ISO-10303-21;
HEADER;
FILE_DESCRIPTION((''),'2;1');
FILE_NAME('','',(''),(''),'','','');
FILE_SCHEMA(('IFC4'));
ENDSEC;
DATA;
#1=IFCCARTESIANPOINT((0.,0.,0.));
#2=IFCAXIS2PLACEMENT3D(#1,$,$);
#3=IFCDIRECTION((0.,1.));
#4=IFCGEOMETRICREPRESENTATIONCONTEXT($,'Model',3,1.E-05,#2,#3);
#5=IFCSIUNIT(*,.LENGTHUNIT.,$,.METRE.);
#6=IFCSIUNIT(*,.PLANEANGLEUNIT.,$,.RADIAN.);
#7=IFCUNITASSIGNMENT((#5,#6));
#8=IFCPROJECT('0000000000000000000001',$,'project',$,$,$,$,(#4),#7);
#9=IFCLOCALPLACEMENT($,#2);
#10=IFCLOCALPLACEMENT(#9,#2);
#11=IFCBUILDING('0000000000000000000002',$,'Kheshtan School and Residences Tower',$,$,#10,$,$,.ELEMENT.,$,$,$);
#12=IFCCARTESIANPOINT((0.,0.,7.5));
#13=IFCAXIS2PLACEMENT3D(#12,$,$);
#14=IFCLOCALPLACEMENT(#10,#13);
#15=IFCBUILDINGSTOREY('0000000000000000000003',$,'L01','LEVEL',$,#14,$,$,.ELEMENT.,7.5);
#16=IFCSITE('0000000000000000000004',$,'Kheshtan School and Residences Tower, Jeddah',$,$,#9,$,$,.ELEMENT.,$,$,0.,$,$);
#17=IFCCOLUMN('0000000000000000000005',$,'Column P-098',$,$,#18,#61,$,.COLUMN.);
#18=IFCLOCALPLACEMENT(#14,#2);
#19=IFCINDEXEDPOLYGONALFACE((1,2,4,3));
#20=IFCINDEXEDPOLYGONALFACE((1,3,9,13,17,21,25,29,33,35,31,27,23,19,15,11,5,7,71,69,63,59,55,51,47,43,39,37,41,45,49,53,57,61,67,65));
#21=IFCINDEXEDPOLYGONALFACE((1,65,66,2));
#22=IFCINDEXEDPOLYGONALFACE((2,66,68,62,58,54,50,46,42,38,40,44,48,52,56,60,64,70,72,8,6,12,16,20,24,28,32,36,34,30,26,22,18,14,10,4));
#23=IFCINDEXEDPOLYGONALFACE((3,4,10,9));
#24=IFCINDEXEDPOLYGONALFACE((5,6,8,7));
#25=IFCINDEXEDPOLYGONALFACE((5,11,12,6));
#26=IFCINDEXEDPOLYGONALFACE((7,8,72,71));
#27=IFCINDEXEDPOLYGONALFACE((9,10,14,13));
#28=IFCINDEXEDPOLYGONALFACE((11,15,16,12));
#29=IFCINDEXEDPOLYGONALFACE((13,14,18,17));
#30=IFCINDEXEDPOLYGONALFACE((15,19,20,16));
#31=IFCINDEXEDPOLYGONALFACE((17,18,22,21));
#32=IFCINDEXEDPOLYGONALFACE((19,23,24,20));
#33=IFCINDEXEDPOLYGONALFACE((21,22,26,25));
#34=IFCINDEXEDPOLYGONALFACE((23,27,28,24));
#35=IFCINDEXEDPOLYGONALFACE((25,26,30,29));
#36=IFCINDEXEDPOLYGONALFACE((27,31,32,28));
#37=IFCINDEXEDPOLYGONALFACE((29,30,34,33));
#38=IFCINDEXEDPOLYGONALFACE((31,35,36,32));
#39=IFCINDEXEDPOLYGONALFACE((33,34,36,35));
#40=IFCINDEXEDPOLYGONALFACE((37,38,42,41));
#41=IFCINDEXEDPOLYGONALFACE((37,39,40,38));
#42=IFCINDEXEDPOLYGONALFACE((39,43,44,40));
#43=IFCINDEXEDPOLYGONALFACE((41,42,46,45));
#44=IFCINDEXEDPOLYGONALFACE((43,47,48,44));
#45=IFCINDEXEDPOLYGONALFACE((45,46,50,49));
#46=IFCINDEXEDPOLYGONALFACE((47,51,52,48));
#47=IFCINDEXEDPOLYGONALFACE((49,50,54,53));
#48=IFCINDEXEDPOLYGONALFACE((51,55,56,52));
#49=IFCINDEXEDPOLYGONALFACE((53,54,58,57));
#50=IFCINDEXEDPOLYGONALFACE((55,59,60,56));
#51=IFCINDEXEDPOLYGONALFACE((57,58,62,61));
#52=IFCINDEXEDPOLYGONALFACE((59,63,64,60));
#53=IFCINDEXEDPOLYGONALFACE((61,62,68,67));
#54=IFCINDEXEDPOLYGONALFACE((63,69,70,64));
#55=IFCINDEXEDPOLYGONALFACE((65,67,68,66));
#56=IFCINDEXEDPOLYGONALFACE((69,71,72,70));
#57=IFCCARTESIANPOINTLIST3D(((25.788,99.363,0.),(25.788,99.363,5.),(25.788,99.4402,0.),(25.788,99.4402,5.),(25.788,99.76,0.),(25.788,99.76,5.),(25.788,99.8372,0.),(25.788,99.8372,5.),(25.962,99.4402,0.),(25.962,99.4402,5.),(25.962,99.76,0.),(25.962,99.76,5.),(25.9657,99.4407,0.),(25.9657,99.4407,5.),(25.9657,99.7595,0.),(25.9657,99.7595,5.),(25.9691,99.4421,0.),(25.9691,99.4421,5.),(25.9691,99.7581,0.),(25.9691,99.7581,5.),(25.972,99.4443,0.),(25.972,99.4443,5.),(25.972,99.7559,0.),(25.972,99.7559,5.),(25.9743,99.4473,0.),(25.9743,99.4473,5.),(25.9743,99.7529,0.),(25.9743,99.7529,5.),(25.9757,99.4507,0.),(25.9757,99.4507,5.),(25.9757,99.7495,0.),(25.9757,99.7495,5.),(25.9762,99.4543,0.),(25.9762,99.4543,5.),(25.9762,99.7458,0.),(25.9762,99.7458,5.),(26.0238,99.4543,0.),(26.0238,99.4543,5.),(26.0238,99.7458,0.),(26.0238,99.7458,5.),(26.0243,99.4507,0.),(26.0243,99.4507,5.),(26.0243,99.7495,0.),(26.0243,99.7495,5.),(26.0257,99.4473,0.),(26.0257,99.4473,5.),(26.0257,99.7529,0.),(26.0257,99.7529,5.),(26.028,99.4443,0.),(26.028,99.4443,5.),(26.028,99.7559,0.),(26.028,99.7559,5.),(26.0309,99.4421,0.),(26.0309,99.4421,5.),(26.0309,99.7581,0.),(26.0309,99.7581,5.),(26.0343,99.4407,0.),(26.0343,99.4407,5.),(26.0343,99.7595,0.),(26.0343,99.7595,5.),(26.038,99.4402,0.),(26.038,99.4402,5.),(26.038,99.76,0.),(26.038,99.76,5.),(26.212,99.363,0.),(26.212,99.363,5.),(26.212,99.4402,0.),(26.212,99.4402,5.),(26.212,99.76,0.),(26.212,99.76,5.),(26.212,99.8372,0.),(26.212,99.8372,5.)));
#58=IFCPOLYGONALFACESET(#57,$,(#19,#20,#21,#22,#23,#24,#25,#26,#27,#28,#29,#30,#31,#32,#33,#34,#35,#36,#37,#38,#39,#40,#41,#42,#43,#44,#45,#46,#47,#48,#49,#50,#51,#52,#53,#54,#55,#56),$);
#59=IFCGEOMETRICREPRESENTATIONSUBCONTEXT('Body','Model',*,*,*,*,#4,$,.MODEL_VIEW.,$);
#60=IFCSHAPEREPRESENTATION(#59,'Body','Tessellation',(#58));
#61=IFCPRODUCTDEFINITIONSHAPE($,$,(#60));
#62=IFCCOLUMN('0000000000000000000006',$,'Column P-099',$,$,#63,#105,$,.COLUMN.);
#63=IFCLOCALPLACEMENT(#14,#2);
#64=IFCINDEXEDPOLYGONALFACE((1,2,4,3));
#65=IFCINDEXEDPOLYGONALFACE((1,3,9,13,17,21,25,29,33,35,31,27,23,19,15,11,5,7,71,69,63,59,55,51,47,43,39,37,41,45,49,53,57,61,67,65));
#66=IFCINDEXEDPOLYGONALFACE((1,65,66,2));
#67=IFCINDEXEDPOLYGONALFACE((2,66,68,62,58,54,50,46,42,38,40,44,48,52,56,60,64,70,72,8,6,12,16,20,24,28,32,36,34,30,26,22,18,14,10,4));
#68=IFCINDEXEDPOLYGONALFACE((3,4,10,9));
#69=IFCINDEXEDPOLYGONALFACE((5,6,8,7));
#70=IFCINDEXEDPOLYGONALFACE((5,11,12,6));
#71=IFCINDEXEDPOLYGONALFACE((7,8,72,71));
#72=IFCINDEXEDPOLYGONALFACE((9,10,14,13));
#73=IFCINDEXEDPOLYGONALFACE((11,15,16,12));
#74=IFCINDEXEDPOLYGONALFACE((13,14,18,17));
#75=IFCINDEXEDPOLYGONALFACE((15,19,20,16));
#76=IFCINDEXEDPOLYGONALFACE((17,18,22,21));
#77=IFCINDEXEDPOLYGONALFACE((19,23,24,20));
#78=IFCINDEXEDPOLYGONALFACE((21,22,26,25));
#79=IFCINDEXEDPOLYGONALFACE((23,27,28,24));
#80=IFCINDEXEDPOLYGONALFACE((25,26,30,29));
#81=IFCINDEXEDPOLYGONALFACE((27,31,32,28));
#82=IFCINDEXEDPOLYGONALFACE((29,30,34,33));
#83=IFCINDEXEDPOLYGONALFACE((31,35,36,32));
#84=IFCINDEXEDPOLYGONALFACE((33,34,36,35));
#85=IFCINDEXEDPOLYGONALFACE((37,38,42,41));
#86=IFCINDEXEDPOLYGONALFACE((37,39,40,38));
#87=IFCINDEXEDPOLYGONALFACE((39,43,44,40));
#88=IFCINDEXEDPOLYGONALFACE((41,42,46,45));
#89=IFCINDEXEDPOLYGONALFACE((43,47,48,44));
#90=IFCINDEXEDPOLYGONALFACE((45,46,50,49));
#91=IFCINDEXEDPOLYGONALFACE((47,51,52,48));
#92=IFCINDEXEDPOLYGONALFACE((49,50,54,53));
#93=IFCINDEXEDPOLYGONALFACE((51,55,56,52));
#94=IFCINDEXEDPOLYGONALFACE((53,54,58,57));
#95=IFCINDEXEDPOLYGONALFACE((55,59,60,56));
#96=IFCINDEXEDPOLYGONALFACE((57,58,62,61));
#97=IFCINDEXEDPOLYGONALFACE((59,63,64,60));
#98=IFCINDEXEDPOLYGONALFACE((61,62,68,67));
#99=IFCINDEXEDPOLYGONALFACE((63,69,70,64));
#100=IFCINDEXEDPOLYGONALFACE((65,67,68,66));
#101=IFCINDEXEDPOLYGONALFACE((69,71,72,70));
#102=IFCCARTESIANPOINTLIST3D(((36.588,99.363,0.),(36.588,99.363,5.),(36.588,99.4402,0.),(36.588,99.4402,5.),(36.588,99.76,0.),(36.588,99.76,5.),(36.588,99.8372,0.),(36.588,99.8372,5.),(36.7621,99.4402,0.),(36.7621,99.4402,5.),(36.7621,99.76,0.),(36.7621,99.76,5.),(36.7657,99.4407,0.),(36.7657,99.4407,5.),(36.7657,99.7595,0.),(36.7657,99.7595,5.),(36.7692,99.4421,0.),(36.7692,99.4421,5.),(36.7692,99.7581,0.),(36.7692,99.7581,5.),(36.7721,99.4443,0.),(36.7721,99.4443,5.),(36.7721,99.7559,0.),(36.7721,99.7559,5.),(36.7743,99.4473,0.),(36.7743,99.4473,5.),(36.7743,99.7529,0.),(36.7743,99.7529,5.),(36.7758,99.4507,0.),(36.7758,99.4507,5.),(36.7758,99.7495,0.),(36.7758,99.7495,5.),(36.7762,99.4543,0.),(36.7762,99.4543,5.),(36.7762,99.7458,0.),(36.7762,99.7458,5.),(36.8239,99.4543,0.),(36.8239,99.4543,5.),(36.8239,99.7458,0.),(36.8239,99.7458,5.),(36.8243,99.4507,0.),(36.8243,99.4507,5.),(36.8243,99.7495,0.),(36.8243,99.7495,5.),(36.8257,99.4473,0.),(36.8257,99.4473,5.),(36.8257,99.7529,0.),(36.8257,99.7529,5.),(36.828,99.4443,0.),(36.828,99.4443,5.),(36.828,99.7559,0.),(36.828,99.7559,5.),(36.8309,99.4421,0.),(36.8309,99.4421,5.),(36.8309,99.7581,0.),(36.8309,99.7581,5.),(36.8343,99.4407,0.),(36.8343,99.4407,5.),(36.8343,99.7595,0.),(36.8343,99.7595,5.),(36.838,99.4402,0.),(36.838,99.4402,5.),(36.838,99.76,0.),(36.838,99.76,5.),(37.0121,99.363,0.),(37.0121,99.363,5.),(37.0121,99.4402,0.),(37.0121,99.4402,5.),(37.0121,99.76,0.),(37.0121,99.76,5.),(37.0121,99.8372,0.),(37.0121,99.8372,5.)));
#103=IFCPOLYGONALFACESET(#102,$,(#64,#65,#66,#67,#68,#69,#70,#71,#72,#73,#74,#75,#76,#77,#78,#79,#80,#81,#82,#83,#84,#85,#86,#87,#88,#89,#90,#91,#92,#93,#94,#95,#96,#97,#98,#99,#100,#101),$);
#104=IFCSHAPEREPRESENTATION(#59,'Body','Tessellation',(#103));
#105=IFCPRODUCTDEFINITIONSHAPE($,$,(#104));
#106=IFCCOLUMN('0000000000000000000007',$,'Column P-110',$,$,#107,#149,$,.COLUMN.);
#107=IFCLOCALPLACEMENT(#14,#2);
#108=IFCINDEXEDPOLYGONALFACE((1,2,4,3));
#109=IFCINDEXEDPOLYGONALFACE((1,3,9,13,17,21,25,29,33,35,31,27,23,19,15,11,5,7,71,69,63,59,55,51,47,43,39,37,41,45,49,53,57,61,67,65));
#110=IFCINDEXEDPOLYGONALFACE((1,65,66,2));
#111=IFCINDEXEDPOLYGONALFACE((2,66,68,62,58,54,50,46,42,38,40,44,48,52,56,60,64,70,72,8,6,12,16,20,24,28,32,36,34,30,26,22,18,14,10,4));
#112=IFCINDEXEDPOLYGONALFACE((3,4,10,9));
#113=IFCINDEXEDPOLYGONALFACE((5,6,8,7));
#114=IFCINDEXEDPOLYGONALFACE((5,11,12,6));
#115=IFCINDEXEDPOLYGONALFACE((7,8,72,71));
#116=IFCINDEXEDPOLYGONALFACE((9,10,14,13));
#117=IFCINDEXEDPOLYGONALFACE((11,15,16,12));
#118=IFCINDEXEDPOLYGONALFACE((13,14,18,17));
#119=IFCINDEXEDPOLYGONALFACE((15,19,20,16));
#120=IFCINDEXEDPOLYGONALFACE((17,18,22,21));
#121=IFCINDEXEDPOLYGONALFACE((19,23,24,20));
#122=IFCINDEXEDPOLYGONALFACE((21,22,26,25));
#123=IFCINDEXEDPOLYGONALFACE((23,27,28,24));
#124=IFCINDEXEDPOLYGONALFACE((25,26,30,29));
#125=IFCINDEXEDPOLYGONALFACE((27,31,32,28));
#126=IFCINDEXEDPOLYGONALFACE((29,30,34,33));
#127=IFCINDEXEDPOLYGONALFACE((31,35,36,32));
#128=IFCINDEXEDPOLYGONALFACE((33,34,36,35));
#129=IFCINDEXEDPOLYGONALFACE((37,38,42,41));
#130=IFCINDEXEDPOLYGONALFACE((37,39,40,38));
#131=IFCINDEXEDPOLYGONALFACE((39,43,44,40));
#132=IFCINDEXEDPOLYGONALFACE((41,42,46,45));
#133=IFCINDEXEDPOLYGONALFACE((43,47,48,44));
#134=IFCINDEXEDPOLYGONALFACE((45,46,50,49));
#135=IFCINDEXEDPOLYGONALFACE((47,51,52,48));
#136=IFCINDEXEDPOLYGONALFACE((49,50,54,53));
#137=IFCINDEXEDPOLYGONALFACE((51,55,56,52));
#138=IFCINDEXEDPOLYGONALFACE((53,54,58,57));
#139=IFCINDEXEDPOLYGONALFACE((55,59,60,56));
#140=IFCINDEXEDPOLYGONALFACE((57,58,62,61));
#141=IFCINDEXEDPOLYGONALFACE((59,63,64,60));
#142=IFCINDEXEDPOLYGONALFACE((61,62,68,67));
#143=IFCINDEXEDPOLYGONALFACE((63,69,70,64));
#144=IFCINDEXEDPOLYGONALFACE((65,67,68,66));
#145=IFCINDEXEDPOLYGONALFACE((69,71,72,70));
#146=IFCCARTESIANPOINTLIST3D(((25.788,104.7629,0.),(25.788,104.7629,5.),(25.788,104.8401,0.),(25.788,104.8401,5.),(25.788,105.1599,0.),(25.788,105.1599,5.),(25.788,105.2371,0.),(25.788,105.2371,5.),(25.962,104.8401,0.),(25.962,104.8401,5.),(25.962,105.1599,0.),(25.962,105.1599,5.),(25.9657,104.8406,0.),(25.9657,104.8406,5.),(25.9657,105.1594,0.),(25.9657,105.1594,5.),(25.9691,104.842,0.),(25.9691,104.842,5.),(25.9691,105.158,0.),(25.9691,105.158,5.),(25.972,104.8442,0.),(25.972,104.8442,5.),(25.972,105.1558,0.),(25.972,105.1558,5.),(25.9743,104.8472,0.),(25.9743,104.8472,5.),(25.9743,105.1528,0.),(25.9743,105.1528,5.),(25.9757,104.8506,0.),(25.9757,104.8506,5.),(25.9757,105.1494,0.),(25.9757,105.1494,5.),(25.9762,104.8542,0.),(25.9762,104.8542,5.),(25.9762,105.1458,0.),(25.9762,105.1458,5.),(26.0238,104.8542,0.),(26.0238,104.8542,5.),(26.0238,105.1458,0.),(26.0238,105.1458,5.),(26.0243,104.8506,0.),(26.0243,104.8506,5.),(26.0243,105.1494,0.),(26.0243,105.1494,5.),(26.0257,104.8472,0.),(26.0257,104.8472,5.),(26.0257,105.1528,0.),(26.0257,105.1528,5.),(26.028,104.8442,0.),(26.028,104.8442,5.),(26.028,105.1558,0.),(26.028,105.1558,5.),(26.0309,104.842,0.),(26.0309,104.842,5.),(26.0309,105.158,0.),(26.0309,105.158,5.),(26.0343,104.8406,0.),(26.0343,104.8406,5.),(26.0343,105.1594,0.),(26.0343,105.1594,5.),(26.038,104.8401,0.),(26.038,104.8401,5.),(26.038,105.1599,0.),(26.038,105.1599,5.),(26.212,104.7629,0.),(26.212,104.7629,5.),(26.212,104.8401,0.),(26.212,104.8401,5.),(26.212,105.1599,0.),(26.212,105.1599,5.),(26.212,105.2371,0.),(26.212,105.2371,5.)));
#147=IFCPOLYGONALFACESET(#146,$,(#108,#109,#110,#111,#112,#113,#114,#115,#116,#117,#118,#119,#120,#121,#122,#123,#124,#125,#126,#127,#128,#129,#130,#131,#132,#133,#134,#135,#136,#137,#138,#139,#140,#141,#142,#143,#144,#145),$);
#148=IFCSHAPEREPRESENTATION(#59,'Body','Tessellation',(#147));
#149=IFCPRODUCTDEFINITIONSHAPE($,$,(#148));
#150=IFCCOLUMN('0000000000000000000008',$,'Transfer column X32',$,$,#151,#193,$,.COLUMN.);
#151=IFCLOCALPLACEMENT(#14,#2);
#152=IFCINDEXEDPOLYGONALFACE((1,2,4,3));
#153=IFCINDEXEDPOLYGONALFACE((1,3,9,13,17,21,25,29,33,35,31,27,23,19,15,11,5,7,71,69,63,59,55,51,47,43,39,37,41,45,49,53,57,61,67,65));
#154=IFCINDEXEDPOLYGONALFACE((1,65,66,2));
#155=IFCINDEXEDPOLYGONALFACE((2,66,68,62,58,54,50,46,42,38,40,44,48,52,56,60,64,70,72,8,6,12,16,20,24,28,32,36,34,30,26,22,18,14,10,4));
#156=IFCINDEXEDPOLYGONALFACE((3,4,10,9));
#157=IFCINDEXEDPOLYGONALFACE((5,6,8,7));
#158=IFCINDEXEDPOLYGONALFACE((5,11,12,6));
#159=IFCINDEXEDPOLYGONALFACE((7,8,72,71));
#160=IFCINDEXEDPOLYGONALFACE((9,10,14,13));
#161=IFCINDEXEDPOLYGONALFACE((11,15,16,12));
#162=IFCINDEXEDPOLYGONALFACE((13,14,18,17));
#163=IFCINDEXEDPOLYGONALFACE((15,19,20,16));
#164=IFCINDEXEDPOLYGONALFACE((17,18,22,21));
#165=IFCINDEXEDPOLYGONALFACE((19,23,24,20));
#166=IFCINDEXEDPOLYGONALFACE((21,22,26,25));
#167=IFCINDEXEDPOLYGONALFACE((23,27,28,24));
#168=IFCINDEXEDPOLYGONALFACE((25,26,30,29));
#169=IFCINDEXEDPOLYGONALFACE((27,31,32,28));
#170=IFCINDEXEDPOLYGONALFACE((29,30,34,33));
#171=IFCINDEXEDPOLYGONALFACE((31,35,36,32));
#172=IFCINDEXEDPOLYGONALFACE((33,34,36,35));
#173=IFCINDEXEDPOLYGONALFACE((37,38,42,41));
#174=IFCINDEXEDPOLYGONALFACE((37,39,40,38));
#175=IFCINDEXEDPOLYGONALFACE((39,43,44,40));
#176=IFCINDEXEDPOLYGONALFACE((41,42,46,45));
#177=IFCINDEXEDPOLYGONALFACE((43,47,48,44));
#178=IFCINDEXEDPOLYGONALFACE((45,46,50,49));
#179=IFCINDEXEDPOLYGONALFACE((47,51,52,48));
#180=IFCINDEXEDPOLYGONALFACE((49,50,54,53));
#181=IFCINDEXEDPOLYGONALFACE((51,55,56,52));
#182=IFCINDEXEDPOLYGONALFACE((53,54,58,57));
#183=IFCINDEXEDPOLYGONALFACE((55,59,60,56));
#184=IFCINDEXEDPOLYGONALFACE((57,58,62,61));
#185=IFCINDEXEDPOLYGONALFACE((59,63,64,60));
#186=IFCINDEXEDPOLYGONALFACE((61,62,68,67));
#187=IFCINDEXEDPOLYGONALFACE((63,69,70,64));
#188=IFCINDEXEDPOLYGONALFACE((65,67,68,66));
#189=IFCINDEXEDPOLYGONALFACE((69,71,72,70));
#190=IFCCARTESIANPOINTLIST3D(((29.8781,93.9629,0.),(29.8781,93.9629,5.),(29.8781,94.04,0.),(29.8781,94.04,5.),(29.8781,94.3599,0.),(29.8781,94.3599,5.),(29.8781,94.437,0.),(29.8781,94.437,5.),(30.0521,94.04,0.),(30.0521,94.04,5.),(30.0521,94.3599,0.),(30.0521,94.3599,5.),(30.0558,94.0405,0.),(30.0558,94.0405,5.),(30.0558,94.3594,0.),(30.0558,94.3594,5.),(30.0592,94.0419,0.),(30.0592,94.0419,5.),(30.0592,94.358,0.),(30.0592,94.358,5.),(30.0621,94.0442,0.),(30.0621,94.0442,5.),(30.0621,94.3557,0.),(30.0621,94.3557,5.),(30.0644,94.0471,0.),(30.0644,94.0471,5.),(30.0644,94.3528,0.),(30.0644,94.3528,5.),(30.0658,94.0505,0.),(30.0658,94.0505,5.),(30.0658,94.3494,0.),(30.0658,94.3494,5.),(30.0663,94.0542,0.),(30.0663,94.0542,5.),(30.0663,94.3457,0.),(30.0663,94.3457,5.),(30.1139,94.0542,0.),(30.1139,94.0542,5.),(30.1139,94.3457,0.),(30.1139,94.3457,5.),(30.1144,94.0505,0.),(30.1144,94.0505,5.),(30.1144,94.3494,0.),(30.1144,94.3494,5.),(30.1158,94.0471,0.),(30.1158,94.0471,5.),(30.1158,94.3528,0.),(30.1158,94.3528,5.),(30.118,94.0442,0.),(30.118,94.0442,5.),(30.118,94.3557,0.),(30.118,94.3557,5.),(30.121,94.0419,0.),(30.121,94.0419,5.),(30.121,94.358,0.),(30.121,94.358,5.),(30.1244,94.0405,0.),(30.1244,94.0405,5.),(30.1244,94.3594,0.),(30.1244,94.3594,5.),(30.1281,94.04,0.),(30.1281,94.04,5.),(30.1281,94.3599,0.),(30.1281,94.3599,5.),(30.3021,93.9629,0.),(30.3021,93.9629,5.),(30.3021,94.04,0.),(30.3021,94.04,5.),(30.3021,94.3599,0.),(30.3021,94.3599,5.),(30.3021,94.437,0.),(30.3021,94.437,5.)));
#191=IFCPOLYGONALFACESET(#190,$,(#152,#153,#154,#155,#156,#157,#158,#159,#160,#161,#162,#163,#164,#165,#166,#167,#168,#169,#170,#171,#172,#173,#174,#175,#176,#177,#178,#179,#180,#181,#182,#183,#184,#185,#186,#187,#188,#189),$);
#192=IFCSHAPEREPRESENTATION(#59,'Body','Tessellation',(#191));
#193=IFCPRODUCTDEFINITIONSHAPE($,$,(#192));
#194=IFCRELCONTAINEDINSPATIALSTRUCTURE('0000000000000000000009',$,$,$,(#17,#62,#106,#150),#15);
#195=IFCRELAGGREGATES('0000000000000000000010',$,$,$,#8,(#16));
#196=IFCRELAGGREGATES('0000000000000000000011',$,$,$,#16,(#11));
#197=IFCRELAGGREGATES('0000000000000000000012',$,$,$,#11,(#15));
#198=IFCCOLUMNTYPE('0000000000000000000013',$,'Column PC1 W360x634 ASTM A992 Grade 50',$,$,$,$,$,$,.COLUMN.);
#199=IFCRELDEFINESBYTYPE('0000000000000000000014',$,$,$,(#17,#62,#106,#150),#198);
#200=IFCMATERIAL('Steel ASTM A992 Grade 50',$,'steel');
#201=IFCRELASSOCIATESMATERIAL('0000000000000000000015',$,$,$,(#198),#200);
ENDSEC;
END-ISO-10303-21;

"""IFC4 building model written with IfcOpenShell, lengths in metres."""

from ifc_helpers import new_model, si_unit, direction, frame, origin, origin_2d, place, context, subcontext, project, spatial, i_section, extrude, material, material_profile, profile_set, type_object, element, save


model = new_model("IFC4")

# Units and contexts
model_context = context("Model", 3, precision=1e-05, world=origin(), true_north=direction((0.0, 1.0)))
body_context = subcontext(model_context, "Body", "Model", "MODEL_VIEW")
ifc_project = project(units=[si_unit("LENGTHUNIT", "METRE"), si_unit("PLANEANGLEUNIT", "RADIAN")], contexts=[model_context])

# Site, building, storey
site_placement = place(None, origin())
site = spatial("IfcSite", under=ifc_project, at=site_placement, Name="Kheshtan School and Residences Tower, Jeddah", CompositionType="ELEMENT", RefElevation=0.0)
building_placement = place(site_placement, origin())
building = spatial("IfcBuilding", under=site, at=building_placement, Name="Kheshtan School and Residences Tower", CompositionType="ELEMENT")
storey_placement = place(building_placement, frame((0.0, 0.0, 7.5)))
storey = spatial("IfcBuildingStorey", under=building, at=storey_placement, Name="L01", Description="LEVEL", CompositionType="ELEMENT", Elevation=7.5)

# Columns
ifc_material_1 = material(Name="Steel ASTM A992 Grade 50", Category="steel")
ifc_material_profile_1 = material_profile(ifc_material_1, i_section(OverallWidth=0.4241, OverallDepth=0.4741, WebThickness=0.0476, FlangeThickness=0.0771, FilletRadius=0.0142, at=origin_2d()), Name="W360x634")
ifc_profile_set_1 = profile_set([ifc_material_profile_1], Name="Steel ASTM A992 Grade 50")
column_type = type_object("IfcColumnType", Name="Column PC1 W360x634 ASTM A992 Grade 50", PredefinedType="COLUMN", material=ifc_profile_set_1)
for number, where, z_axis, x_axis, name in (
    (1, (26.0, 99.6001, 0.0), (0.0, 0.0, 1.0), (1.0, 0.0, 0.0), "Column P-098"),
    (2, (36.8, 99.6001, 0.0), (0.0, 0.0, 1.0), (1.0, 0.0, 0.0), "Column P-099"),
    (3, (26.0, 105.0, 0.0), (0.0, 0.0, 1.0), (1.0, 0.0, 0.0), "Column P-110"),
    (4, (30.0901, 94.2, 0.0), (0.0, 0.0, 1.0), (1.0, 0.0, 0.0), "Transfer column X32"),
):
    element("IfcColumn", number, at=place(storey_placement, frame(where, z_axis=z_axis, x_axis=x_axis)), inside=storey, type_object=column_type, Name=name, PredefinedType="COLUMN", context=body_context, shape_type="SweptSolid", body=[
        extrude(i_section(OverallWidth=0.4241, OverallDepth=0.4741, WebThickness=0.0476, FlangeThickness=0.0771, FilletRadius=0.0142, at=origin_2d()), origin(), (0.0, 0.0, 1.0), 5.0),
    ])

save(model, "model.ifc")
